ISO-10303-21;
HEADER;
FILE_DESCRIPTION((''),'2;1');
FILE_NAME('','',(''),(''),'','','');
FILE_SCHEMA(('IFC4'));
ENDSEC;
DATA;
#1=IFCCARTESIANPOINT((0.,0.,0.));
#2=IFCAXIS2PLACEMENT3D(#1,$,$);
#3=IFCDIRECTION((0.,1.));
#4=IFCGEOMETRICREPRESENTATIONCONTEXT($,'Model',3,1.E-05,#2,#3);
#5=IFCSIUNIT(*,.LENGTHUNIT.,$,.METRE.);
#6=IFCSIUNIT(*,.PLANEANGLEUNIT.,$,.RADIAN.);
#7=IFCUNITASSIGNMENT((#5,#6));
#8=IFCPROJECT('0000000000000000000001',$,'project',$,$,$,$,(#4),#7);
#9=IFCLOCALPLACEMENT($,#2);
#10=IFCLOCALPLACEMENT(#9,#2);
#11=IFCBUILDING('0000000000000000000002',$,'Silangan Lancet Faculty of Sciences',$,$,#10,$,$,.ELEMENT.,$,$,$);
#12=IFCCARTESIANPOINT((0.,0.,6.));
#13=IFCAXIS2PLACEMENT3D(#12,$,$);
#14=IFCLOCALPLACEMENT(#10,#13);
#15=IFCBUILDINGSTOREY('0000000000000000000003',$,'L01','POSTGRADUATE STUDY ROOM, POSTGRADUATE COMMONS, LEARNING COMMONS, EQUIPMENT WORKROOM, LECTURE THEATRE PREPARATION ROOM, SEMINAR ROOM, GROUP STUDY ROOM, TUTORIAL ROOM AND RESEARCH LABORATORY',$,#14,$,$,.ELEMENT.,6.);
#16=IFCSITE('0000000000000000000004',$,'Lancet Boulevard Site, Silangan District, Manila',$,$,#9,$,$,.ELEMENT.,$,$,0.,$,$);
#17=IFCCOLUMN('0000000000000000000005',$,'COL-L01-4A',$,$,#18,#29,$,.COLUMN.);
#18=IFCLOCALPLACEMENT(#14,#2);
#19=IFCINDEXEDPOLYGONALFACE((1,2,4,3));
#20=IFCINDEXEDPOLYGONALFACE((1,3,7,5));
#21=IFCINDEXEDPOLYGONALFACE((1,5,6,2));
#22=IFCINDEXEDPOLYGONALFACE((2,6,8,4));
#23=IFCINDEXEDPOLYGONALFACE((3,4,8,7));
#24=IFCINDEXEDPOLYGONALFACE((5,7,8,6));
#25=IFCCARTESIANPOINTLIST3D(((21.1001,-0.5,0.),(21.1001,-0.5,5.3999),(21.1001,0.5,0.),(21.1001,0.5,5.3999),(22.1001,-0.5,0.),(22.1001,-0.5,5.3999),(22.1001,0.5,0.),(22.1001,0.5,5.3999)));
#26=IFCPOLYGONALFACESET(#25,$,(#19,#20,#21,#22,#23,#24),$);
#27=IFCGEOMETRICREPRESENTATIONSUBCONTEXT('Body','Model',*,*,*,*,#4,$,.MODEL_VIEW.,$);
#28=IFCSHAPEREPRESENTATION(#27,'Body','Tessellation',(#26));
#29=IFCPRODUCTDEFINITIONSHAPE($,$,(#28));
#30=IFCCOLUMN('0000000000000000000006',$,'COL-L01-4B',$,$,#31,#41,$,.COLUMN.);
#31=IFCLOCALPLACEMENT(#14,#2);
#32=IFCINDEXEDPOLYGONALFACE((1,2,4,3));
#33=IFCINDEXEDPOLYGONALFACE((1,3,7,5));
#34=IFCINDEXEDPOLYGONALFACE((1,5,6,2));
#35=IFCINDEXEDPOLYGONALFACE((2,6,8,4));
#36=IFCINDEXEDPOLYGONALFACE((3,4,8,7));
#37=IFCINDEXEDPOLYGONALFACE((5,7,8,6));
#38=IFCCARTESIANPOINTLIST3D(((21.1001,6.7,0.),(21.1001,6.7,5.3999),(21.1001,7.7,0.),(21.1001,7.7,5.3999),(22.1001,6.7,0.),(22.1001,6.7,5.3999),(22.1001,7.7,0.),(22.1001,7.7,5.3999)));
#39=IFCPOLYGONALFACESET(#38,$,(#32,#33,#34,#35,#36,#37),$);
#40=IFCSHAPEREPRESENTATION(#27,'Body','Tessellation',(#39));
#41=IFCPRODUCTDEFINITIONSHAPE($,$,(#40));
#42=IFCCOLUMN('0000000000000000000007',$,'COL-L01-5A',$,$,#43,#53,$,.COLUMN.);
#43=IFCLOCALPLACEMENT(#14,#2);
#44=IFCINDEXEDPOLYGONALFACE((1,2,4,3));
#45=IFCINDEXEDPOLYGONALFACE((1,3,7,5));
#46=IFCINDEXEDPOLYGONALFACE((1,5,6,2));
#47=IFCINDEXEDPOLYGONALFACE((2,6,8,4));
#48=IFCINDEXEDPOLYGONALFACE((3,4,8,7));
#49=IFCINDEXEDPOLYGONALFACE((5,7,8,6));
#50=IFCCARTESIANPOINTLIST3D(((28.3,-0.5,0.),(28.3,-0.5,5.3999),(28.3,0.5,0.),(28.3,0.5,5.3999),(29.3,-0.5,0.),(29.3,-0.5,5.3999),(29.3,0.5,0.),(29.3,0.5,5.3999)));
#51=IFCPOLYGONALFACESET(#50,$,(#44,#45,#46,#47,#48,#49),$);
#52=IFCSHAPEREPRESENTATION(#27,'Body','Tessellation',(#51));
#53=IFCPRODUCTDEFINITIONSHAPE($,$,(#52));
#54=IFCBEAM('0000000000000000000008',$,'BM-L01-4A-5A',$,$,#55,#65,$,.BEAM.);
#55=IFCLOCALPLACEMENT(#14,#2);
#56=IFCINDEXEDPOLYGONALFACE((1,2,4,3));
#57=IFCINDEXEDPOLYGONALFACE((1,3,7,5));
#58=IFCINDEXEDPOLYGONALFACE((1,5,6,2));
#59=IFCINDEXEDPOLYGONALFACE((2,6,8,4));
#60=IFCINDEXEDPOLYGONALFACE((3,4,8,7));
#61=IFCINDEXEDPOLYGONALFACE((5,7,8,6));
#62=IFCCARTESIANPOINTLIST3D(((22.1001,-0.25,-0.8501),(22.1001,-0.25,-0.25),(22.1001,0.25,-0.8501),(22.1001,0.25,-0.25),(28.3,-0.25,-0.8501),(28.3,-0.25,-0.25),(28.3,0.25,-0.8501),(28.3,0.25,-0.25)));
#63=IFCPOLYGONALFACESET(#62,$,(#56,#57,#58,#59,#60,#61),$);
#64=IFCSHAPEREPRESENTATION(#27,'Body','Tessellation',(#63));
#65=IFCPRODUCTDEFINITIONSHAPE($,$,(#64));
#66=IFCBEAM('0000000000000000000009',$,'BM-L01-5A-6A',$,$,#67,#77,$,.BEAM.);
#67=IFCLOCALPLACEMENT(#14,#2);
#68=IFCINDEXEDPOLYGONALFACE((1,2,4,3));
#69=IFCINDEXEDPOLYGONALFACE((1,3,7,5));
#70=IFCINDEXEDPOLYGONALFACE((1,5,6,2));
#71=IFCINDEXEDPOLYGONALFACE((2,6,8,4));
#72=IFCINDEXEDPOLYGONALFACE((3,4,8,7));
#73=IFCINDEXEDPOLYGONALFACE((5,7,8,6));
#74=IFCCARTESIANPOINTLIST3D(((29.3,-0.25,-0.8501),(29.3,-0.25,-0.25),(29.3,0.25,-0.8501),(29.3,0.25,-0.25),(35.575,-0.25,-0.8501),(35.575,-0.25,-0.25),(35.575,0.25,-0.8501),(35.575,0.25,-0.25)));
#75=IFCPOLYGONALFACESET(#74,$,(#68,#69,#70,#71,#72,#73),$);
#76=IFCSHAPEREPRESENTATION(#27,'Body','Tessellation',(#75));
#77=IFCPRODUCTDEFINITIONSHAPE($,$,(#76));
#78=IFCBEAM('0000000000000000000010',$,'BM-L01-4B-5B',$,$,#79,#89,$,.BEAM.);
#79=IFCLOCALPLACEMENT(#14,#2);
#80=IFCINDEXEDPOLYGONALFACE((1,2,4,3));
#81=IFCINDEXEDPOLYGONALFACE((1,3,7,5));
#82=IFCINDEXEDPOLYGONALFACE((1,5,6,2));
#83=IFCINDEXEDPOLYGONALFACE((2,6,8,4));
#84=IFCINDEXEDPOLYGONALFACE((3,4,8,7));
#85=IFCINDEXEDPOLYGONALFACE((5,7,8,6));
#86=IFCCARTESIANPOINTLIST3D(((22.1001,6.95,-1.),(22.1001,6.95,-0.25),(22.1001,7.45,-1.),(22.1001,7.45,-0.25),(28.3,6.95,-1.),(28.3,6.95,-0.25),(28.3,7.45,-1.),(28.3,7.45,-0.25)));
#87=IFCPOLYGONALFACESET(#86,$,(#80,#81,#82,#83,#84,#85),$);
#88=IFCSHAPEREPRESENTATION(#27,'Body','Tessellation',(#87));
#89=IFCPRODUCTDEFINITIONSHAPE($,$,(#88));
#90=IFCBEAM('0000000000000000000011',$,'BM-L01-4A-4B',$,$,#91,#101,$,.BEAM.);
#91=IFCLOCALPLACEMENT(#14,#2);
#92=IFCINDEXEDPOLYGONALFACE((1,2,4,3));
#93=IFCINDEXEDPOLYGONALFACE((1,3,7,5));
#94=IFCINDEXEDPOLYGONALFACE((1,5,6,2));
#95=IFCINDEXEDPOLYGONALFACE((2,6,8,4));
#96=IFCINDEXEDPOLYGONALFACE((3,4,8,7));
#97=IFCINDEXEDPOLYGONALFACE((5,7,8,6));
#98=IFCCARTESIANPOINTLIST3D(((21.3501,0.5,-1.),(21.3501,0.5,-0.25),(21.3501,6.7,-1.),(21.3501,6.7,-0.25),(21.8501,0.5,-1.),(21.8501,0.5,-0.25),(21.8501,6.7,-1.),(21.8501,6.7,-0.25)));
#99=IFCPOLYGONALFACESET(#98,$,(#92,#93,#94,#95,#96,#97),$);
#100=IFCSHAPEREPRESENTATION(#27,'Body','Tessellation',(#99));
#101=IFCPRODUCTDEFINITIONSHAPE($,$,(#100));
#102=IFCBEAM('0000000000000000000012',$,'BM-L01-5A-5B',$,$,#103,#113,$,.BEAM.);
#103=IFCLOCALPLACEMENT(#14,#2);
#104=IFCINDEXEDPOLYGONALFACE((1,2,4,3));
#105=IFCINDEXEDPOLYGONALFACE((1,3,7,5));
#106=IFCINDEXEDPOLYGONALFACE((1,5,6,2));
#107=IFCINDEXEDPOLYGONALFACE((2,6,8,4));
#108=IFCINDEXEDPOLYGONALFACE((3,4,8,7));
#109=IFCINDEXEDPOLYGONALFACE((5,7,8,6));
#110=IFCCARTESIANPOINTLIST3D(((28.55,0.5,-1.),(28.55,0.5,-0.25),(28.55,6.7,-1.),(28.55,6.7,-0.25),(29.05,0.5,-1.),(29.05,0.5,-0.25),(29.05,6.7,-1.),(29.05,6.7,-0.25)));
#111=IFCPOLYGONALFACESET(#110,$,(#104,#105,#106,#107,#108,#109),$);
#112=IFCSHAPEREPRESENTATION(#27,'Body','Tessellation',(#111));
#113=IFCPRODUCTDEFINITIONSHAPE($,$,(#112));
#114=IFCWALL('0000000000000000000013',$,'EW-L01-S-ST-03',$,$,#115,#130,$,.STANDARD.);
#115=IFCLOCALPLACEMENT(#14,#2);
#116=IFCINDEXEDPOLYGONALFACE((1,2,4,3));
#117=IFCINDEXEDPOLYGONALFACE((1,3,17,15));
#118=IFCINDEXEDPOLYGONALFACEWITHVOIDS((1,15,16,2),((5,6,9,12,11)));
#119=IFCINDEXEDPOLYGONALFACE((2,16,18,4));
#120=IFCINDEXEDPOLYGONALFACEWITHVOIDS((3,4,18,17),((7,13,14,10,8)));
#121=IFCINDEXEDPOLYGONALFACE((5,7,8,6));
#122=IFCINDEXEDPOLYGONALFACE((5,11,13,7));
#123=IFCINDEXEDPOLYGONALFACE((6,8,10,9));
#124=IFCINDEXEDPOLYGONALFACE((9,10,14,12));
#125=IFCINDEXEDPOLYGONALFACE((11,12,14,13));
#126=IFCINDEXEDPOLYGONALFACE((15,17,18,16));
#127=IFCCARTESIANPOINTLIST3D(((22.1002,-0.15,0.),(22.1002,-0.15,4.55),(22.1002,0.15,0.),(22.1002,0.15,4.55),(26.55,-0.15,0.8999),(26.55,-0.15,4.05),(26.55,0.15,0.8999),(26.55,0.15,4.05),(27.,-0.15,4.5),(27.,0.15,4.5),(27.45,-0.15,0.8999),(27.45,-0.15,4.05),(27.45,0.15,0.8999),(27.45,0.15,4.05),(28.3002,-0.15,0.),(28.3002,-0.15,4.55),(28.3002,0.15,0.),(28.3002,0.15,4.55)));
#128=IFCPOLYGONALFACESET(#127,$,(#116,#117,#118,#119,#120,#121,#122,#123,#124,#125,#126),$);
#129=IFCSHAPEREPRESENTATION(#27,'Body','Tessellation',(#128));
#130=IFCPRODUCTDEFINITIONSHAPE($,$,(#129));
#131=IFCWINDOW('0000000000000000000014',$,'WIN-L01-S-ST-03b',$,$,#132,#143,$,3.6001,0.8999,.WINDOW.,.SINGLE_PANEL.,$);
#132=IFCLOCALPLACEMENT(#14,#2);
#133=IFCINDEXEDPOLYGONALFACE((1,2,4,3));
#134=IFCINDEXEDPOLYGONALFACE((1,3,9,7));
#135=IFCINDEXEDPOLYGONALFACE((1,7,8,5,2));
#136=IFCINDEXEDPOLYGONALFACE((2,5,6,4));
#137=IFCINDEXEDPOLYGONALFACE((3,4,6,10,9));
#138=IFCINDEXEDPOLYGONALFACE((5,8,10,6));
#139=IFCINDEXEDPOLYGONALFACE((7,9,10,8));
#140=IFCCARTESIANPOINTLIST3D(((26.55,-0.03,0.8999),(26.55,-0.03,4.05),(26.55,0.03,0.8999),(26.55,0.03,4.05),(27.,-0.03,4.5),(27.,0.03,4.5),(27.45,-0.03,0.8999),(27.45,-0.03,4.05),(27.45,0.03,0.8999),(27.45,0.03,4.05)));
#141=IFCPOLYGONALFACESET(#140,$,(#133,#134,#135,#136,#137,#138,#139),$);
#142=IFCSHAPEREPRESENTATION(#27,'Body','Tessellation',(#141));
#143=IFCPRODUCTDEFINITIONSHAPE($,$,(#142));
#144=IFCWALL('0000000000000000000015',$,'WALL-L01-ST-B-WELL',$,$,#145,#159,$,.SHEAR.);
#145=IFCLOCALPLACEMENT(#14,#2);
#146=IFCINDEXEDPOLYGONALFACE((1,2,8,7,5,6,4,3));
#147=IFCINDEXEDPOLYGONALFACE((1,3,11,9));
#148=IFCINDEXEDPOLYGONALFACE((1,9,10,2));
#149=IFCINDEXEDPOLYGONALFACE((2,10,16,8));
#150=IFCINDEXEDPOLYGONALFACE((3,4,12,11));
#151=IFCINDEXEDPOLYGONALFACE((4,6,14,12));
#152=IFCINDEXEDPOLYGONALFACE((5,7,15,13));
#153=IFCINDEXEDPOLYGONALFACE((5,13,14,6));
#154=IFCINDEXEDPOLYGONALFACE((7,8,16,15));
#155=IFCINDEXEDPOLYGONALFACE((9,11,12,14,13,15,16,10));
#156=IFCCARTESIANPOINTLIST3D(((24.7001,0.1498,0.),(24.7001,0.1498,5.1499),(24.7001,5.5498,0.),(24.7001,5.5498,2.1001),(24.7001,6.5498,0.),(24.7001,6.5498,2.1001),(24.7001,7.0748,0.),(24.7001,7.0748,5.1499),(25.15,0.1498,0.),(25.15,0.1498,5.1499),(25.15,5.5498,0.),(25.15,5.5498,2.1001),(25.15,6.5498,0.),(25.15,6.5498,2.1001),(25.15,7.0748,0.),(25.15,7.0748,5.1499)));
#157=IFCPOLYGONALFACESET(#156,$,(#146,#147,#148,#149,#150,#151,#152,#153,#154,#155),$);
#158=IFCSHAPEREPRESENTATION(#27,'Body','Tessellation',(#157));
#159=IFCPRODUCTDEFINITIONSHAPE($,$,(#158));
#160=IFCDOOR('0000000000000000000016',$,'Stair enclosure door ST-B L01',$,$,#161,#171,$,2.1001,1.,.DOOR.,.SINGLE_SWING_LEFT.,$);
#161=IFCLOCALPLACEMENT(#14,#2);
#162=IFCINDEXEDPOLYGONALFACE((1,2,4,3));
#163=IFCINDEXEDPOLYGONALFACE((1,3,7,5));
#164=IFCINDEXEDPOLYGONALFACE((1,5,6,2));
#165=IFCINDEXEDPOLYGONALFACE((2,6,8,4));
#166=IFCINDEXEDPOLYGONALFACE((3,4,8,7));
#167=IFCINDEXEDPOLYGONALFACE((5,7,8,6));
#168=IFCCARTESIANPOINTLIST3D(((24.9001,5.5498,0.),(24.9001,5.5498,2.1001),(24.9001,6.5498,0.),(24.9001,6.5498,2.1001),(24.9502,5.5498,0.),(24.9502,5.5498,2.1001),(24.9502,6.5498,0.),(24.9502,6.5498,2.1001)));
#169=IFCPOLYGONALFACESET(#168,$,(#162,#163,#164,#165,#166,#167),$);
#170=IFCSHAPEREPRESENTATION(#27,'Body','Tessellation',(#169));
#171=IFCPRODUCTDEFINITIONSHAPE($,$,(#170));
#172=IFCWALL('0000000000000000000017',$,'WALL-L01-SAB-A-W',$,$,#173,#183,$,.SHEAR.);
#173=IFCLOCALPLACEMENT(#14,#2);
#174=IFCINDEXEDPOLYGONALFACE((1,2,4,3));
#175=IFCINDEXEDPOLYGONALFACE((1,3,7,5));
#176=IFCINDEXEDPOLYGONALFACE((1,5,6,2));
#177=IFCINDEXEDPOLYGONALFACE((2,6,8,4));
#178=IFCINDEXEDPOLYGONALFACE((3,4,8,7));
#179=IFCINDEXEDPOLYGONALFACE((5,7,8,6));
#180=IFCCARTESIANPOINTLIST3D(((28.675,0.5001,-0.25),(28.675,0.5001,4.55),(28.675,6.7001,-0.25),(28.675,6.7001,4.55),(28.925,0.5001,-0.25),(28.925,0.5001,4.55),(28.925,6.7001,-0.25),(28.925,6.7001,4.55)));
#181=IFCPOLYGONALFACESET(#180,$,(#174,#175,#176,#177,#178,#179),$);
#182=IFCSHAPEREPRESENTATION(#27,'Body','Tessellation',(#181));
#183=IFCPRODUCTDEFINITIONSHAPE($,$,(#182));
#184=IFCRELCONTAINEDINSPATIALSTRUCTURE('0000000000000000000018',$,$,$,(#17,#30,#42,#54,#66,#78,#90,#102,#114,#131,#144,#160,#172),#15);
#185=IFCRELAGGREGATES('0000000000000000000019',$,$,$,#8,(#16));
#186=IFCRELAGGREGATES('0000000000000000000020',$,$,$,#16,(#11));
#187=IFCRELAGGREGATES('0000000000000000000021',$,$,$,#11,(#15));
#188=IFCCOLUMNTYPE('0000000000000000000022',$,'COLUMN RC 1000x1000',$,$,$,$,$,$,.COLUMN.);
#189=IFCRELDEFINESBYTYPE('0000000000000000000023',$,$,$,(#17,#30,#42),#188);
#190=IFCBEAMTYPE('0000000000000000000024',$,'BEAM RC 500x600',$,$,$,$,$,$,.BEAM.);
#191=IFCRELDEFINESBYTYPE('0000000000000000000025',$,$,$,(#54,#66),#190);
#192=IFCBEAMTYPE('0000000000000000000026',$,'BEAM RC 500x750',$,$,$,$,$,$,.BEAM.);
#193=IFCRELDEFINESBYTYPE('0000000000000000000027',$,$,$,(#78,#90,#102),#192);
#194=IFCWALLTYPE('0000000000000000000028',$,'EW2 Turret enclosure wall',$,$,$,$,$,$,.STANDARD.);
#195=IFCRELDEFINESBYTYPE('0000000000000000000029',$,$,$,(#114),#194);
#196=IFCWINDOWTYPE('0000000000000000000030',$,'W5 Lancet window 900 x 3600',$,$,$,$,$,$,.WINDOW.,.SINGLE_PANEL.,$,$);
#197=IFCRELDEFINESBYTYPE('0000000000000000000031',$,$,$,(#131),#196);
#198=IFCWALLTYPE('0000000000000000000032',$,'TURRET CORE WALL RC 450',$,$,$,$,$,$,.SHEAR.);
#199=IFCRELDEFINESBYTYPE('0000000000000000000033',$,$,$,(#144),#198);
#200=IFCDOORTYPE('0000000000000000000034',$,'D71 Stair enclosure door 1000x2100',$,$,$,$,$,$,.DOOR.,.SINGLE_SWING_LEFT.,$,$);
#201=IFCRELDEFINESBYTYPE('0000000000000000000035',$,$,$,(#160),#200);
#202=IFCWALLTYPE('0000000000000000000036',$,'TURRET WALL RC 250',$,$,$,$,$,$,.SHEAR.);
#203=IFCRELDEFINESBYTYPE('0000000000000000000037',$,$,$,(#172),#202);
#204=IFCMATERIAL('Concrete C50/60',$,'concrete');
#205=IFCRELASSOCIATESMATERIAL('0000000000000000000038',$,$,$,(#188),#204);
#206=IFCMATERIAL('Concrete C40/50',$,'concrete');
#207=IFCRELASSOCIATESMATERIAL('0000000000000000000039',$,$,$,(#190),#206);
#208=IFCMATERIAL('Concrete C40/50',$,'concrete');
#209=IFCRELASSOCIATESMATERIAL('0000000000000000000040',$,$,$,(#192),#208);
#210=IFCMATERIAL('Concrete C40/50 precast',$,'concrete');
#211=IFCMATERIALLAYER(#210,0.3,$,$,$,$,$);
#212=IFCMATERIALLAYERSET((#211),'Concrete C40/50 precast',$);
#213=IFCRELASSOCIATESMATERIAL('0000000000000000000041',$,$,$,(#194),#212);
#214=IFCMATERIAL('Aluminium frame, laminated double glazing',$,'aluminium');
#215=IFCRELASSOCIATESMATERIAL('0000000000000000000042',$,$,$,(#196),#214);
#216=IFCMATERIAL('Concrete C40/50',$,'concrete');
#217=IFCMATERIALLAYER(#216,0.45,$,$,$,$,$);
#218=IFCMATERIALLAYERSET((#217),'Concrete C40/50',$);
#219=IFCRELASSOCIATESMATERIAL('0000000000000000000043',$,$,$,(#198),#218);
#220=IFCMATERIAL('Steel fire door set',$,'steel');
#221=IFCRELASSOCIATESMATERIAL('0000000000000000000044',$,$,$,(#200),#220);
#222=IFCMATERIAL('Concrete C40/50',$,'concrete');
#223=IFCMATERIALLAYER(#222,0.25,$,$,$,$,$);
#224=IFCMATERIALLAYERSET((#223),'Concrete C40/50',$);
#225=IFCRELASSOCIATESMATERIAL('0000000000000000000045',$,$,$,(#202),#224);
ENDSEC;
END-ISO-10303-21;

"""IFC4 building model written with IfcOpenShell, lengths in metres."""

from ifc_helpers import new_model, si_unit, direction, frame, frame_2d, origin, origin_2d, place, context, subcontext, project, spatial, polyline, rectangle, outline, extrude, material, layer, layer_set, material_profile, profile_set, type_object, element, fill, save


model = new_model("IFC4")

# Units and contexts
model_context = context("Model", 3, precision=1e-05, world=origin(), true_north=direction((0.0, 1.0)))
body_context = subcontext(model_context, "Body", "Model", "MODEL_VIEW")
ifc_project = project(units=[si_unit("LENGTHUNIT", "METRE"), si_unit("PLANEANGLEUNIT", "RADIAN")], contexts=[model_context])

# Site, building, storey
site_placement = place(None, origin())
site = spatial("IfcSite", under=ifc_project, at=site_placement, Name="Lancet Boulevard Site, Silangan District, Manila", CompositionType="ELEMENT", RefElevation=0.0)
building_placement = place(site_placement, origin())
building = spatial("IfcBuilding", under=site, at=building_placement, Name="Silangan Lancet Faculty of Sciences", CompositionType="ELEMENT")
storey_placement = place(building_placement, frame((0.0, 0.0, 6.0)))
storey = spatial("IfcBuildingStorey", under=building, at=storey_placement, Name="L01", Description="POSTGRADUATE STUDY ROOM, POSTGRADUATE COMMONS, LEARNING COMMONS, EQUIPMENT WORKROOM, LECTURE THEATRE PREPARATION ROOM, SEMINAR ROOM, GROUP STUDY ROOM, TUTORIAL ROOM AND RESEARCH LABORATORY", CompositionType="ELEMENT", Elevation=6.0)

# Columns
ifc_material_1 = material(Name="Concrete C50/60", Category="concrete")
ifc_material_profile_1 = material_profile(ifc_material_1, rectangle(XDim=1.0, YDim=1.0, at=origin_2d()), Name="RC 1000x1000")
ifc_profile_set_1 = profile_set([ifc_material_profile_1], Name="Concrete C50/60")
column_type = type_object("IfcColumnType", Name="COLUMN RC 1000x1000", PredefinedType="COLUMN", material=ifc_profile_set_1)
for number, where, z_axis, x_axis, name in (
    (1, (21.6001, 0.0, 0.0), (0.0, 0.0, 1.0), (1.0, 0.0, 0.0), "COL-L01-4A"),
    (2, (21.6001, 7.2, 0.0), (0.0, 0.0, 1.0), (1.0, 0.0, 0.0), "COL-L01-4B"),
    (3, (28.8, 0.0, 0.0), (0.0, 0.0, 1.0), (1.0, 0.0, 0.0), "COL-L01-5A"),
):
    element("IfcColumn", number, at=place(storey_placement, frame(where, z_axis=z_axis, x_axis=x_axis)), inside=storey, type_object=column_type, Name=name, PredefinedType="COLUMN", context=body_context, shape_type="SweptSolid", body=[
        extrude(rectangle(XDim=1.0, YDim=1.0, at=origin_2d()), origin(), (0.0, 0.0, 1.0), 5.3999),
    ])

# Beams
ifc_material_2 = material(Name="Concrete C40/50", Category="concrete")
ifc_material_profile_2 = material_profile(ifc_material_2, rectangle(XDim=0.5, YDim=0.6001, at=origin_2d()), Name="RC 500x600")
ifc_profile_set_2 = profile_set([ifc_material_profile_2], Name="Concrete C40/50")
beam_type_1 = type_object("IfcBeamType", Name="BEAM RC 500x600", PredefinedType="BEAM", material=ifc_profile_set_2)
beam_1_placement = place(storey_placement, frame((22.1001, 0.0, -0.55), z_axis=(1.0, 0.0, 0.0), x_axis=(0.0, 1.0, 0.0)))
element("IfcBeam", 4, at=beam_1_placement, inside=storey, type_object=beam_type_1, Name="BM-L01-4A-5A", PredefinedType="BEAM", context=body_context, shape_type="SweptSolid", body=[
    extrude(rectangle(XDim=0.5, YDim=0.6001, at=origin_2d()), origin(), (0.0, 0.0, 1.0), 6.2),
])
beam_2_placement = place(storey_placement, frame((29.3, 0.0, -0.55), z_axis=(1.0, 0.0, 0.0), x_axis=(0.0, 1.0, 0.0)))
element("IfcBeam", 5, at=beam_2_placement, inside=storey, type_object=beam_type_1, Name="BM-L01-5A-6A", PredefinedType="BEAM", context=body_context, shape_type="SweptSolid", body=[
    extrude(rectangle(XDim=0.5, YDim=0.6001, at=origin_2d()), origin(), (0.0, 0.0, 1.0), 6.2749),
])
ifc_material_3 = material(Name="Concrete C40/50", Category="concrete")
ifc_material_profile_3 = material_profile(ifc_material_3, rectangle(XDim=0.5, YDim=0.75, at=origin_2d()), Name="RC 500x750")
ifc_profile_set_3 = profile_set([ifc_material_profile_3], Name="Concrete C40/50")
beam_type_2 = type_object("IfcBeamType", Name="BEAM RC 500x750", PredefinedType="BEAM", material=ifc_profile_set_3)
for number, where, z_axis, x_axis, name in (
    (6, (22.1001, 7.2, -0.625), (1.0, 0.0, 0.0), (0.0, 1.0, 0.0), "BM-L01-4B-5B"),
    (7, (21.6001, 0.5, -0.625), (0.0, 1.0, 0.0), (-1.0, 0.0, 0.0), "BM-L01-4A-4B"),
    (8, (28.8, 0.5, -0.625), (0.0, 1.0, 0.0), (-1.0, 0.0, 0.0), "BM-L01-5A-5B"),
):
    element("IfcBeam", number, at=place(storey_placement, frame(where, z_axis=z_axis, x_axis=x_axis)), inside=storey, type_object=beam_type_2, Name=name, PredefinedType="BEAM", context=body_context, shape_type="SweptSolid", body=[
        extrude(rectangle(XDim=0.5, YDim=0.75, at=origin_2d()), origin(), (0.0, 0.0, 1.0), 6.2),
    ])

# Wall, opening, window
ifc_material_4 = material(Name="Concrete C40/50 precast", Category="concrete")
ifc_layer_1 = layer(ifc_material_4, 0.3)
ifc_layer_set_1 = layer_set([ifc_layer_1], Name="Concrete C40/50 precast")
wall_type_1 = type_object("IfcWallType", Name="EW2 Turret enclosure wall", PredefinedType="STANDARD", material=ifc_layer_set_1)
wall_1_placement = place(storey_placement, frame((22.1001, 0.0, 0.0), z_axis=(0.0, 0.0, 1.0), x_axis=(1.0, 0.0, 0.0)))
wall_1 = element("IfcWall", 9, at=wall_1_placement, inside=storey, type_object=wall_type_1, Name="EW-L01-S-ST-03", PredefinedType="STANDARD", context=body_context, shape_type="SweptSolid", body=[
    extrude(rectangle(XDim=6.2, YDim=0.3, at=frame_2d((3.1001, 0.0))), origin(), (0.0, 0.0, 1.0), 4.55),
])
opening_1_placement = place(wall_1_placement, frame((4.45, 0.0, 0.8999)))
opening_1 = element("IfcOpeningElement", 10, at=opening_1_placement, cuts=wall_1, PredefinedType="OPENING", context=body_context, shape_type="SweptSolid", body=[
    extrude(outline(polyline([(0.0, 0.0), (0.8999, 0.0), (0.8999, 3.1501), (0.45, 3.6001), (0.0, 3.1501), (0.0, 0.0)])), frame((0.0, 0.1599, 0.0), z_axis=(0.0, -1.0, 0.0), x_axis=(1.0, 0.0, 0.0)), (0.0, 0.0, 1.0), 0.3201),
])
ifc_material_5 = material(Name="Aluminium frame, laminated double glazing", Category="aluminium")
window_type = type_object("IfcWindowType", Name="W5 Lancet window 900 x 3600", PartitioningType="SINGLE_PANEL", PredefinedType="WINDOW", material=ifc_material_5)
window_placement = place(opening_1_placement, origin())
window = element("IfcWindow", 11, at=window_placement, inside=storey, type_object=window_type, Name="WIN-L01-S-ST-03b", OverallHeight=3.6001, OverallWidth=0.8999, PartitioningType="SINGLE_PANEL", PredefinedType="WINDOW", context=body_context, shape_type="SweptSolid", body=[
    extrude(outline(polyline([(0.0, 0.0), (0.8999, 0.0), (0.8999, 3.1501), (0.45, 3.6001), (0.0, 3.1501), (0.0, 0.0)])), frame((0.0, 0.03, 0.0), z_axis=(0.0, -1.0, 0.0), x_axis=(1.0, 0.0, 0.0)), (0.0, 0.0, 1.0), 0.0601),
])
fill(opening_1, window)

# Wall, opening, door
ifc_material_6 = material(Name="Concrete C40/50", Category="concrete")
ifc_layer_2 = layer(ifc_material_6, 0.45)
ifc_layer_set_2 = layer_set([ifc_layer_2], Name="Concrete C40/50")
wall_type_2 = type_object("IfcWallType", Name="TURRET CORE WALL RC 450", PredefinedType="SHEAR", material=ifc_layer_set_2)
wall_2_placement = place(storey_placement, frame((24.925, 0.1499, 0.0), z_axis=(0.0, 0.0, 1.0), x_axis=(0.0, 1.0, 0.0)))
wall_2 = element("IfcWall", 12, at=wall_2_placement, inside=storey, type_object=wall_type_2, Name="WALL-L01-ST-B-WELL", PredefinedType="SHEAR", context=body_context, shape_type="SweptSolid", body=[
    extrude(rectangle(XDim=6.925, YDim=0.45, at=frame_2d((3.4624, 0.0))), origin(), (0.0, 0.0, 1.0), 5.1499),
])
opening_2_placement = place(wall_2_placement, frame((5.3999, 0.0, 0.0)))
opening_2 = element("IfcOpeningElement", 13, at=opening_2_placement, cuts=wall_2, PredefinedType="OPENING", context=body_context, shape_type="SweptSolid", body=[
    extrude(rectangle(XDim=1.0, YDim=2.1001, at=frame_2d((0.5, 1.05))), frame((0.0, 0.2349, 0.0), z_axis=(0.0, -1.0, 0.0), x_axis=(1.0, 0.0, 0.0)), (0.0, 0.0, 1.0), 0.47),
])
ifc_material_7 = material(Name="Steel fire door set", Category="steel")
door_type_1 = type_object("IfcDoorType", Name="D71 Stair enclosure door 1000x2100", OperationType="SINGLE_SWING_LEFT", PredefinedType="DOOR", material=ifc_material_7)
door_1_placement = place(opening_2_placement, frame((1.0, 0.0, 0.0), z_axis=(0.0, 0.0, 1.0), x_axis=(-1.0, 0.0, 0.0)))
door_1 = element("IfcDoor", 14, at=door_1_placement, inside=storey, type_object=door_type_1, Name="Stair enclosure door ST-B L01", OperationType="SINGLE_SWING_LEFT", OverallHeight=2.1001, OverallWidth=1.0, PredefinedType="DOOR", context=body_context, shape_type="SweptSolid", body=[
    extrude(rectangle(XDim=1.0, YDim=2.1001, at=frame_2d((0.5, 1.05))), frame((0.0, 0.0251, 0.0), z_axis=(0.0, -1.0, 0.0), x_axis=(1.0, 0.0, 0.0)), (0.0, 0.0, 1.0), 0.05),
])
fill(opening_2, door_1)

# Wall
ifc_material_8 = material(Name="Concrete C40/50", Category="concrete")
ifc_layer_3 = layer(ifc_material_8, 0.25)
ifc_layer_set_3 = layer_set([ifc_layer_3], Name="Concrete C40/50")
wall_type_3 = type_object("IfcWallType", Name="TURRET WALL RC 250", PredefinedType="SHEAR", material=ifc_layer_set_3)
wall_3_placement = place(storey_placement, frame((28.8, 0.5, -0.25), z_axis=(0.0, 0.0, 1.0), x_axis=(0.0, 1.0, 0.0)))
element("IfcWall", 15, at=wall_3_placement, inside=storey, type_object=wall_type_3, Name="WALL-L01-SAB-A-W", PredefinedType="SHEAR", context=body_context, shape_type="SweptSolid", body=[
    extrude(rectangle(XDim=6.2, YDim=0.25, at=frame_2d((3.1001, 0.0))), origin(), (0.0, 0.0, 1.0), 4.8),
])

save(model, "model.ifc")
